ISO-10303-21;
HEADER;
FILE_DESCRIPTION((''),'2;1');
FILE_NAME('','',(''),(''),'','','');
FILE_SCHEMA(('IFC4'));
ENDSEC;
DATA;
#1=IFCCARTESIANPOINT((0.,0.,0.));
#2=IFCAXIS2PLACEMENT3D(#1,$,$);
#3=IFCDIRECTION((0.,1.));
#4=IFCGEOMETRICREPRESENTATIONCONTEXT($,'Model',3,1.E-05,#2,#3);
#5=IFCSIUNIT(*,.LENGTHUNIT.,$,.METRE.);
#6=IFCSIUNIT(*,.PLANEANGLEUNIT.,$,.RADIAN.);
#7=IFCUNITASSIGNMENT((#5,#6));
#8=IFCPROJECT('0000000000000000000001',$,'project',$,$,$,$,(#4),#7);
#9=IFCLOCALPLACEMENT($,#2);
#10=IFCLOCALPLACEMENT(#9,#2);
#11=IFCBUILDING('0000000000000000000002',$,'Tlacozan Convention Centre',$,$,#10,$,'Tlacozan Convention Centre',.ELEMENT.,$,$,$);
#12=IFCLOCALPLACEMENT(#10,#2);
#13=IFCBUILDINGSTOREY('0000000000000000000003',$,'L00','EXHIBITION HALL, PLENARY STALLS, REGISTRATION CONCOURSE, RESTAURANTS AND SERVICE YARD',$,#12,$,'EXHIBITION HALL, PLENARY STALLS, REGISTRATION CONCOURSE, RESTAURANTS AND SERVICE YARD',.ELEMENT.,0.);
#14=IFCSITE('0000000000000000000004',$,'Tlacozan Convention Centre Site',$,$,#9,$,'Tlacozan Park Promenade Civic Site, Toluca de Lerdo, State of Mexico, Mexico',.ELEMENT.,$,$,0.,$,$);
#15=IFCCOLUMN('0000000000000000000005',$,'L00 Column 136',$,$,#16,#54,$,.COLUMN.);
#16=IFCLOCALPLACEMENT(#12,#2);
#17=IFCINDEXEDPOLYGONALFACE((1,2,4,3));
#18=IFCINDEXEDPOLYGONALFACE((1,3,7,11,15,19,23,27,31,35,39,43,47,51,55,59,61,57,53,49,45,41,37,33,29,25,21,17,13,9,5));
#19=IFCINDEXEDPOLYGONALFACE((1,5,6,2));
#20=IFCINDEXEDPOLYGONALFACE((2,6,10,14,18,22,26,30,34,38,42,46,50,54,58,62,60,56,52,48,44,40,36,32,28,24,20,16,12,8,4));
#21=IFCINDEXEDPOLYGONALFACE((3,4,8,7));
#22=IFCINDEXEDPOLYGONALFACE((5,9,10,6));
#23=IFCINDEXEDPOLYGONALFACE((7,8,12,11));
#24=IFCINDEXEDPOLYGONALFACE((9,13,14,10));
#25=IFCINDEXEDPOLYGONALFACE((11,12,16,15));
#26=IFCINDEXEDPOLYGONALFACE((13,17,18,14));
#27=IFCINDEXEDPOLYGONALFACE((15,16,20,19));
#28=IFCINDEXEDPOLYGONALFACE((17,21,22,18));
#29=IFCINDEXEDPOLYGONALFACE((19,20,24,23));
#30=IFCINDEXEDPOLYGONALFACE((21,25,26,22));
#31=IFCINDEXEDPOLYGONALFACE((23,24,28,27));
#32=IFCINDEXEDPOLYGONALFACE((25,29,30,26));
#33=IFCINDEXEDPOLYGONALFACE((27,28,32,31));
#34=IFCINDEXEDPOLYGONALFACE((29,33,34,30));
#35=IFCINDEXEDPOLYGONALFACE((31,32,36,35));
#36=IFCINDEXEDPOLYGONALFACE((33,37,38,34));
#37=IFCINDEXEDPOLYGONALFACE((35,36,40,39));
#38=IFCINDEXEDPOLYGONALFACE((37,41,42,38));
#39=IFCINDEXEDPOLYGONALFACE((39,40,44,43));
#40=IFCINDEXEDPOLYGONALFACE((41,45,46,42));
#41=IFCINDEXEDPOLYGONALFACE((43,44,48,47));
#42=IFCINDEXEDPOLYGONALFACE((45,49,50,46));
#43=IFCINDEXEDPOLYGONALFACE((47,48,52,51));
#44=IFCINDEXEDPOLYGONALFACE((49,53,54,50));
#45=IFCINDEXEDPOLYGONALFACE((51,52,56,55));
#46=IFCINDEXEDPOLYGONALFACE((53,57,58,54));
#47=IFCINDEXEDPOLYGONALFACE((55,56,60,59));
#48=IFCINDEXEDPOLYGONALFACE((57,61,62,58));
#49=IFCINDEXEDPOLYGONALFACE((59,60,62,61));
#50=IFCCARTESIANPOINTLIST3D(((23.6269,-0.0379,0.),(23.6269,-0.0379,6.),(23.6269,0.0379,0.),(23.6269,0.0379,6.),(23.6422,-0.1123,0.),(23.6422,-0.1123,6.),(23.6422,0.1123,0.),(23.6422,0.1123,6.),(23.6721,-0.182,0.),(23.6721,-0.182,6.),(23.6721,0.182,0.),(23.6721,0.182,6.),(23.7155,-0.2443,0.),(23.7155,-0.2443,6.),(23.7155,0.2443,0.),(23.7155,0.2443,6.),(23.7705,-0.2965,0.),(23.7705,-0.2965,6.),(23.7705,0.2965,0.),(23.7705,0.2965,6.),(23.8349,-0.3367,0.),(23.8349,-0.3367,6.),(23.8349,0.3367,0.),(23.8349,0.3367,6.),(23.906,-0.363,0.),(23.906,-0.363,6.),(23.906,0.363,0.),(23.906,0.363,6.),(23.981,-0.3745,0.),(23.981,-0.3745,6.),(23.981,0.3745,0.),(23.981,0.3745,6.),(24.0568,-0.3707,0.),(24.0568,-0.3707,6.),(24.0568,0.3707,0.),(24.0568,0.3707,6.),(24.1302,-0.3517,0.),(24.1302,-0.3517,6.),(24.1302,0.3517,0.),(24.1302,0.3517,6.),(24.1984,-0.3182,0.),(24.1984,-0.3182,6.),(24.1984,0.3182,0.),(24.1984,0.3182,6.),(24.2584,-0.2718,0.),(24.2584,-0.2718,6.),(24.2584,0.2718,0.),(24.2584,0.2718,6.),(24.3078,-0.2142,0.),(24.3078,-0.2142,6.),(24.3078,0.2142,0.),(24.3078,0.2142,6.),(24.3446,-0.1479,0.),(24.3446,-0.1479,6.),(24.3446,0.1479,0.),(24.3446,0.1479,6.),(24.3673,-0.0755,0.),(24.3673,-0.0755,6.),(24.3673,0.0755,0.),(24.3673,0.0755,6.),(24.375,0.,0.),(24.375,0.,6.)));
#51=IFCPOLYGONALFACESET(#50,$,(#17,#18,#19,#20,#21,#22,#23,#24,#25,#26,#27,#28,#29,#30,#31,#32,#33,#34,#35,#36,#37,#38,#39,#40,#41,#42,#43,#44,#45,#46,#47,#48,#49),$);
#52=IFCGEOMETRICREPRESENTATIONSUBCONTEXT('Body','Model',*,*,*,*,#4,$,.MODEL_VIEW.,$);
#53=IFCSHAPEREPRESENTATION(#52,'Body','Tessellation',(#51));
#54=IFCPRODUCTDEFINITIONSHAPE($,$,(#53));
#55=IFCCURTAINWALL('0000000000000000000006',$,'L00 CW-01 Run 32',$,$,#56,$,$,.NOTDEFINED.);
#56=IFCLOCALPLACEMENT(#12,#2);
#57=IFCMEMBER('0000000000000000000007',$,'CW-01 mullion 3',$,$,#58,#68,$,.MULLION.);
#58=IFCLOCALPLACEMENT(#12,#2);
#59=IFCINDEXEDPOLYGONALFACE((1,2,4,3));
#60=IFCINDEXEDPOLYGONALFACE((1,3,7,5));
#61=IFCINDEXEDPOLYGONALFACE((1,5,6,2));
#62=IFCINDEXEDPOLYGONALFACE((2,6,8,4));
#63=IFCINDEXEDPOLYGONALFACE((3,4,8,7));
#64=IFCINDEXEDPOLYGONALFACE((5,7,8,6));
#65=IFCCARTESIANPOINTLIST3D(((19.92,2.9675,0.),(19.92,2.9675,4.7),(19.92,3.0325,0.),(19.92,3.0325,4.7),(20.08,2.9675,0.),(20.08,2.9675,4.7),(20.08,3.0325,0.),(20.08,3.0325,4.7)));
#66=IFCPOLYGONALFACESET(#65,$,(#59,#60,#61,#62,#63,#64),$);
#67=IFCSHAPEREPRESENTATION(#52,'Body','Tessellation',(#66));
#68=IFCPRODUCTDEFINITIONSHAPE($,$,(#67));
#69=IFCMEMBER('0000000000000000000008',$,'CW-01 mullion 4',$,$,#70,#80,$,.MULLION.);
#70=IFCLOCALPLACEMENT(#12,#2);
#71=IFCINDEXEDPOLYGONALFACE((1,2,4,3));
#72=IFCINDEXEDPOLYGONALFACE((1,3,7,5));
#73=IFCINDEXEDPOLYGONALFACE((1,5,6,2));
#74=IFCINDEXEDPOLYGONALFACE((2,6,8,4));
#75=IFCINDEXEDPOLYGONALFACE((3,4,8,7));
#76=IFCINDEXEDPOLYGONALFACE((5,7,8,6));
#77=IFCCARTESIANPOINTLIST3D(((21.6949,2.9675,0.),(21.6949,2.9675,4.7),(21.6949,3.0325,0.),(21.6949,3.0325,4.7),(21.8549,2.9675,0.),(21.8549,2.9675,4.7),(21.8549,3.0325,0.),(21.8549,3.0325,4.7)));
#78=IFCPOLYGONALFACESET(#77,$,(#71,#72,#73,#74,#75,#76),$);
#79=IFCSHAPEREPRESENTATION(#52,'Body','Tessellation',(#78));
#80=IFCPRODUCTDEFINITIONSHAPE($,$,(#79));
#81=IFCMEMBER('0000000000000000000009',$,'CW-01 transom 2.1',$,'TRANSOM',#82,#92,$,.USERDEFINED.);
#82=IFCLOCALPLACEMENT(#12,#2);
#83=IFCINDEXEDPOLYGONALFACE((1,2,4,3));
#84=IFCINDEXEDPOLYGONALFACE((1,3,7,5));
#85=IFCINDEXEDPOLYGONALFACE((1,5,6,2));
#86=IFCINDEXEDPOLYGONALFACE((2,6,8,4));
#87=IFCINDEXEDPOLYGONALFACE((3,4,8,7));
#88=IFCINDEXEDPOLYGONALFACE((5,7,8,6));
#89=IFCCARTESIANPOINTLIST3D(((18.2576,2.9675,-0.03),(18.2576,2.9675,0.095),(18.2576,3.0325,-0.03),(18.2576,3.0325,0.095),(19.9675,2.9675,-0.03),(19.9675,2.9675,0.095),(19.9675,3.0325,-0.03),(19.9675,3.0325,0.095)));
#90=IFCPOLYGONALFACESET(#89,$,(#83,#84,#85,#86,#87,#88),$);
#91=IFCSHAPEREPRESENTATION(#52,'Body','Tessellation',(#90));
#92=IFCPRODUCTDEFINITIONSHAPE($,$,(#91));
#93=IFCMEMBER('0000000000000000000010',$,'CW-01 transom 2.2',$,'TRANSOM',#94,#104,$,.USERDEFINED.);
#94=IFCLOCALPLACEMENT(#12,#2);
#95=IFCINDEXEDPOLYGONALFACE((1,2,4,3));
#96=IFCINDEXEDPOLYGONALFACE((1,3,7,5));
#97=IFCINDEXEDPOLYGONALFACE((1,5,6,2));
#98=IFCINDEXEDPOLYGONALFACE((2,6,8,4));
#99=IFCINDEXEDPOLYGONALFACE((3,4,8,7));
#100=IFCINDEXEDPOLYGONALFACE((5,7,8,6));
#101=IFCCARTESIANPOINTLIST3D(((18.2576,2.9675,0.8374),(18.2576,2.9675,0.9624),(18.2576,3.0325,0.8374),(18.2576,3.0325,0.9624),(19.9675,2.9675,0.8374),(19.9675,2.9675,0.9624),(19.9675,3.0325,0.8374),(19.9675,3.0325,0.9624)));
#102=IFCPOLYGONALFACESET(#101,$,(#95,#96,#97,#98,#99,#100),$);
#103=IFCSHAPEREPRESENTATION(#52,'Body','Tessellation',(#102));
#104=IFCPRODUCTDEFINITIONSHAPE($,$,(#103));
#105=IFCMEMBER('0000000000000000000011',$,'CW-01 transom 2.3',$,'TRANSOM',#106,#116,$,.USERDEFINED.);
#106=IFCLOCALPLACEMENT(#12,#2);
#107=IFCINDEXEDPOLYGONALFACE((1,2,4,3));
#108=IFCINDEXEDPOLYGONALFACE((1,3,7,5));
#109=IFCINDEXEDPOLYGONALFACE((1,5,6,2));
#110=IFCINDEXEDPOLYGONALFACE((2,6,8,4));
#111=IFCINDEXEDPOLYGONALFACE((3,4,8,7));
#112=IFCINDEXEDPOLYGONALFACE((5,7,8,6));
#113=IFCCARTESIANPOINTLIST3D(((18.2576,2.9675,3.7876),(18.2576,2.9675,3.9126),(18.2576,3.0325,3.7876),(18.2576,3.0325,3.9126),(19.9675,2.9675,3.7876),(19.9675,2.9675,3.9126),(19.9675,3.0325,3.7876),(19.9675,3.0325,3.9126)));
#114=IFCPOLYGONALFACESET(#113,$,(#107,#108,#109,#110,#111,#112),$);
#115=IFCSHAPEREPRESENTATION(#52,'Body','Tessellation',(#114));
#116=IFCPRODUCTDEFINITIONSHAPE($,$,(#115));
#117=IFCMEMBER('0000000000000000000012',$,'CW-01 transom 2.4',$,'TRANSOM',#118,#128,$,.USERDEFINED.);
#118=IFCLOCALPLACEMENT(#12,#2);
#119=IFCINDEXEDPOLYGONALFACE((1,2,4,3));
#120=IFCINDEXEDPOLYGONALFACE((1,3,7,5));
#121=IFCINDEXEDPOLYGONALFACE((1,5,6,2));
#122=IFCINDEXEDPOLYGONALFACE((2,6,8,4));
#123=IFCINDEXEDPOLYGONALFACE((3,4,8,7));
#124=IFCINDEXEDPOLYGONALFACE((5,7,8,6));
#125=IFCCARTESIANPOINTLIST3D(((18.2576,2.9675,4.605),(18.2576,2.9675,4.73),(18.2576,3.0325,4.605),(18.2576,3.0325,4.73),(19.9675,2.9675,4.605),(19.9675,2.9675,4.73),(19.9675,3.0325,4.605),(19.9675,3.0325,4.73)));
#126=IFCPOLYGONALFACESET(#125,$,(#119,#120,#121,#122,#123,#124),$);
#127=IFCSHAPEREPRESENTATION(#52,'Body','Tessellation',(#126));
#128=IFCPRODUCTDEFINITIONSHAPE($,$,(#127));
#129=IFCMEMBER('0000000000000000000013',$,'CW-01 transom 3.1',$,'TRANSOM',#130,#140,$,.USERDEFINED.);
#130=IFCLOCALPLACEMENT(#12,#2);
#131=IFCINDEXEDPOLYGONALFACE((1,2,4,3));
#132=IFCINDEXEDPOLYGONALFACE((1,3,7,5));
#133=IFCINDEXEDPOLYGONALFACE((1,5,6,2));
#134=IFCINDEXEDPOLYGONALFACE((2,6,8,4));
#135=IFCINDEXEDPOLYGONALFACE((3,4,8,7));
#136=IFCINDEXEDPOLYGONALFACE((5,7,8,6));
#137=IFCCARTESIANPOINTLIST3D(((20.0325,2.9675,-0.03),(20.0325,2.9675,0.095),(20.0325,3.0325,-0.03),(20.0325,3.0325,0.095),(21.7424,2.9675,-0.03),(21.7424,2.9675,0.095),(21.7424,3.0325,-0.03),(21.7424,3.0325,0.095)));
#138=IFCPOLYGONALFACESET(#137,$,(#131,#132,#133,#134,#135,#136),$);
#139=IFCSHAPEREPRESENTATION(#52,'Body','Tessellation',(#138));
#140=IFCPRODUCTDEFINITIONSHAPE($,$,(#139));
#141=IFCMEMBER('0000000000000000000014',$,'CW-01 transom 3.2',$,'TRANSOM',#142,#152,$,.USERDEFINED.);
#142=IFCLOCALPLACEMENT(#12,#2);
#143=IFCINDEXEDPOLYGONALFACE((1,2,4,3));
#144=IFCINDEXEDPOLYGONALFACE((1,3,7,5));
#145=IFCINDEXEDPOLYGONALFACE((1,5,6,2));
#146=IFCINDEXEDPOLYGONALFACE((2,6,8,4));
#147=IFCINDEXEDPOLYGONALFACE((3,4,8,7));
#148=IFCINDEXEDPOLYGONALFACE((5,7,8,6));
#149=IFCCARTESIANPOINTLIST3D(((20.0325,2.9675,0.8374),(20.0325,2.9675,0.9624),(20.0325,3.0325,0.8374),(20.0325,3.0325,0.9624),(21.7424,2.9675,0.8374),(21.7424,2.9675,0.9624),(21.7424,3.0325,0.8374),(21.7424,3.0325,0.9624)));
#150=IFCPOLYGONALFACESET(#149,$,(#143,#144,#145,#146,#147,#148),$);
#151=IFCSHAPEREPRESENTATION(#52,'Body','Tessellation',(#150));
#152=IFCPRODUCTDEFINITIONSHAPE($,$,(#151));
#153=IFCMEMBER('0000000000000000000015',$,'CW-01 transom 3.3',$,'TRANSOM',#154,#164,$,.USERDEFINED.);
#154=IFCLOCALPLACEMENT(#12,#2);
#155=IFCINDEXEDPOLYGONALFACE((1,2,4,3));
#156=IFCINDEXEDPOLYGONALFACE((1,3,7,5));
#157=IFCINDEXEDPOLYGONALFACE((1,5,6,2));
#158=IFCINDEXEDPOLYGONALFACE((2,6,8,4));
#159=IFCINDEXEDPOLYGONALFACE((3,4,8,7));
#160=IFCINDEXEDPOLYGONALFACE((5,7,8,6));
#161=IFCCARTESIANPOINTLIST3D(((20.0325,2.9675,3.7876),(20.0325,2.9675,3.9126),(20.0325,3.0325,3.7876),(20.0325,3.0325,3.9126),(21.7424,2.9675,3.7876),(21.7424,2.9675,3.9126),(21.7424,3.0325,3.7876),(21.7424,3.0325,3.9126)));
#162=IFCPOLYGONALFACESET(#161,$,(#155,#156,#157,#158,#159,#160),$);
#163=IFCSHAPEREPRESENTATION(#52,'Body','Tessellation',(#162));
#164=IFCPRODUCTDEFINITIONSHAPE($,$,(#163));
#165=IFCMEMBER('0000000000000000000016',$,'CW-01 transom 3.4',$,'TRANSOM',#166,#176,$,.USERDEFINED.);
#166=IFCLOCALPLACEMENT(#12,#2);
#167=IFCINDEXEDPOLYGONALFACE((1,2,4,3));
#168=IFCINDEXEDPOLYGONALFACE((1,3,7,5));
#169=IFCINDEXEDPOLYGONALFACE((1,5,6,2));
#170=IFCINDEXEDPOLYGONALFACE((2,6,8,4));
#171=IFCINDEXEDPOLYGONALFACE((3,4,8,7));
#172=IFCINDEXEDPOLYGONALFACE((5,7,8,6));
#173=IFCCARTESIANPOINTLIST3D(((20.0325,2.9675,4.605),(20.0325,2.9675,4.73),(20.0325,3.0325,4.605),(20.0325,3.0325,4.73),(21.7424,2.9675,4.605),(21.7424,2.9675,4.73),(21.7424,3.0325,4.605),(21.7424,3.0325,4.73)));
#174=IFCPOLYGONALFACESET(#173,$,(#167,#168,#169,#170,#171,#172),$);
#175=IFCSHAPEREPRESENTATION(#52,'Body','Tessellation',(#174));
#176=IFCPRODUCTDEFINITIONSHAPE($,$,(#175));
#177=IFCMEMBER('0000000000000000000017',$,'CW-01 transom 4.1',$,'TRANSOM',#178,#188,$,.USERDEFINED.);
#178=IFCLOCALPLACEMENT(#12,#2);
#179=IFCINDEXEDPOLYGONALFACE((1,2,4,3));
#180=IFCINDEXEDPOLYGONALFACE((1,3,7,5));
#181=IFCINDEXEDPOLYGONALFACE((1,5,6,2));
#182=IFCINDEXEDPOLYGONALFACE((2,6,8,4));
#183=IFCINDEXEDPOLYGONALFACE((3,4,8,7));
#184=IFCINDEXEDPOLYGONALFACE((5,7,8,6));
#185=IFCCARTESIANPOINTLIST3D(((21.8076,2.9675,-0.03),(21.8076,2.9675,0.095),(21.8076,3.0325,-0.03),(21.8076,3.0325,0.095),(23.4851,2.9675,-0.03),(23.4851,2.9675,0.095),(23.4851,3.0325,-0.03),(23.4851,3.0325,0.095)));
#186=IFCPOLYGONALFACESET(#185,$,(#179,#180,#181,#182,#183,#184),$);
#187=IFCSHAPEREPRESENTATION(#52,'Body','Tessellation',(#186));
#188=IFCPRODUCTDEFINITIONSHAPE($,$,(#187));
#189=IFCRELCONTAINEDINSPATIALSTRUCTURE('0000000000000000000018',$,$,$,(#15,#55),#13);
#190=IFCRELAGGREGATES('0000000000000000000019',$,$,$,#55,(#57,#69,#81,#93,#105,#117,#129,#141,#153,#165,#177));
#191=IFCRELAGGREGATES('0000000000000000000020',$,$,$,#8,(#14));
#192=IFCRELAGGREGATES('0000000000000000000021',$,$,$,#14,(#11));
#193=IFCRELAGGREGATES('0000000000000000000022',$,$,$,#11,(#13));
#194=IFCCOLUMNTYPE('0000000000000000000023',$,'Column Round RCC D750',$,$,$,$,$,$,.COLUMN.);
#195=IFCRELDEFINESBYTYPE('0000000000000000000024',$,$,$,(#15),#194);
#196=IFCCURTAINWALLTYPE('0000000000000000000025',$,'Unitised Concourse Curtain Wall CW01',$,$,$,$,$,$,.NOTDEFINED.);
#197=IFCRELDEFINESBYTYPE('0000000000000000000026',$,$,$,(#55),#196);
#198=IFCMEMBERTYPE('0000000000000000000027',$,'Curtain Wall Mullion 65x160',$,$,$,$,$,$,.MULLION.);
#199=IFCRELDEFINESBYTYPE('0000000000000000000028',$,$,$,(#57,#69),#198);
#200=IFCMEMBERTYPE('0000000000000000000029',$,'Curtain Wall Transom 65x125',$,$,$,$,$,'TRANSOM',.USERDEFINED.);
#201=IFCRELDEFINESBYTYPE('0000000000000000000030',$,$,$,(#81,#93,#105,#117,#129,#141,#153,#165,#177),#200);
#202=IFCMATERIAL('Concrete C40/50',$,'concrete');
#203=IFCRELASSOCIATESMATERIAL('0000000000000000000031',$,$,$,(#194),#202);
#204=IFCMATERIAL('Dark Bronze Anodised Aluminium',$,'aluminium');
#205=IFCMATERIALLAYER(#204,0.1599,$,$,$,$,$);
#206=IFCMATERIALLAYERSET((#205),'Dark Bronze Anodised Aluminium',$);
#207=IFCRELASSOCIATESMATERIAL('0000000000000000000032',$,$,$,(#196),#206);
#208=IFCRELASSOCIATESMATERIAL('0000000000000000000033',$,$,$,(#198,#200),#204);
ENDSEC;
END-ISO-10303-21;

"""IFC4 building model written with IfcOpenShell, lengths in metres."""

from ifc_helpers import new_model, si_unit, direction, frame, origin, origin_2d, place, context, subcontext, project, spatial, rectangle, circle, extrude, material, layer, layer_set, material_profile, profile_set, type_object, element, aggregate, save


model = new_model("IFC4")

# Units and contexts
model_context = context("Model", 3, precision=1e-05, world=origin(), true_north=direction((0.0, 1.0)))
body_context = subcontext(model_context, "Body", "Model", "MODEL_VIEW")
ifc_project = project(units=[si_unit("LENGTHUNIT", "METRE"), si_unit("PLANEANGLEUNIT", "RADIAN")], contexts=[model_context])

# Site, building, storey
site_placement = place(None, origin())
site = spatial("IfcSite", under=ifc_project, at=site_placement, Name="Tlacozan Convention Centre Site", LongName="Tlacozan Park Promenade Civic Site, Toluca de Lerdo, State of Mexico, Mexico", CompositionType="ELEMENT", RefElevation=0.0)
building_placement = place(site_placement, origin())
building = spatial("IfcBuilding", under=site, at=building_placement, Name="Tlacozan Convention Centre", LongName="Tlacozan Convention Centre", CompositionType="ELEMENT")
storey_placement = place(building_placement, origin())
storey = spatial("IfcBuildingStorey", under=building, at=storey_placement, Name="L00", Description="EXHIBITION HALL, PLENARY STALLS, REGISTRATION CONCOURSE, RESTAURANTS AND SERVICE YARD", LongName="EXHIBITION HALL, PLENARY STALLS, REGISTRATION CONCOURSE, RESTAURANTS AND SERVICE YARD", CompositionType="ELEMENT", Elevation=0.0)

# Column
ifc_material_1 = material(Name="Concrete C40/50", Category="concrete")
ifc_material_profile_1 = material_profile(ifc_material_1, circle(Radius=0.375, at=origin_2d()), Name="RCC D750")
ifc_profile_set_1 = profile_set([ifc_material_profile_1], Name="Concrete C40/50")
column_type = type_object("IfcColumnType", Name="Column Round RCC D750", PredefinedType="COLUMN", material=ifc_profile_set_1)
column_placement = place(storey_placement, frame((24.0, 0.0, 0.0), z_axis=(0.0, 0.0, 1.0), x_axis=(1.0, 0.0, 0.0)))
element("IfcColumn", 1, at=column_placement, inside=storey, type_object=column_type, Name="L00 Column 136", PredefinedType="COLUMN", context=body_context, shape_type="SweptSolid", body=[
    extrude(circle(Radius=0.375, at=origin_2d()), origin(), (0.0, 0.0, 1.0), 6.0),
])

# Curtain wall, members
ifc_material_2 = material(Name="Dark Bronze Anodised Aluminium", Category="aluminium")
ifc_layer_1 = layer(ifc_material_2, 0.1599)
ifc_layer_set_1 = layer_set([ifc_layer_1], Name="Dark Bronze Anodised Aluminium")
curtain_wall_type = type_object("IfcCurtainWallType", Name="Unitised Concourse Curtain Wall CW01", PredefinedType="NOTDEFINED", material=ifc_layer_set_1)
curtain_wall_placement = place(storey_placement, origin())
curtain_wall = element("IfcCurtainWall", 2, at=curtain_wall_placement, inside=storey, type_object=curtain_wall_type, Name="L00 CW-01 Run 32", PredefinedType="NOTDEFINED")
ifc_material_profile_2 = material_profile(ifc_material_2, rectangle(XDim=0.0649, YDim=0.1599, at=origin_2d()), Name="ALU 65x160")
ifc_profile_set_2 = profile_set([ifc_material_profile_2], Name="Dark Bronze Anodised Aluminium")
member_type_1 = type_object("IfcMemberType", Name="Curtain Wall Mullion 65x160", PredefinedType="MULLION", material=ifc_profile_set_2)
member_1_placement = place(storey_placement, frame((20.0, 3.0, 0.0), z_axis=(0.0, 0.0, 1.0), x_axis=(0.0, 1.0, 0.0)))
member_1 = element("IfcMember", 3, at=member_1_placement, type_object=member_type_1, Name="CW-01 mullion 3", PredefinedType="MULLION", context=body_context, shape_type="SweptSolid", body=[
    extrude(rectangle(XDim=0.0649, YDim=0.1599, at=origin_2d()), origin(), (0.0, 0.0, 1.0), 4.7),
])
member_2_placement = place(storey_placement, frame((21.7749, 3.0, 0.0), z_axis=(0.0, 0.0, 1.0), x_axis=(0.0, 1.0, 0.0)))
member_2 = element("IfcMember", 4, at=member_2_placement, type_object=member_type_1, Name="CW-01 mullion 4", PredefinedType="MULLION", context=body_context, shape_type="SweptSolid", body=[
    extrude(rectangle(XDim=0.0649, YDim=0.1599, at=origin_2d()), origin(), (0.0, 0.0, 1.0), 4.7),
])
ifc_material_profile_3 = material_profile(ifc_material_2, rectangle(XDim=0.0649, YDim=0.125, at=origin_2d()), Name="ALU 65x125")
ifc_profile_set_3 = profile_set([ifc_material_profile_3], Name="Dark Bronze Anodised Aluminium")
member_type_2 = type_object("IfcMemberType", Name="Curtain Wall Transom 65x125", ElementType="TRANSOM", PredefinedType="USERDEFINED", material=ifc_profile_set_3)
member_3_placement = place(storey_placement, frame((18.2576, 3.0, 0.0325), z_axis=(1.0, 0.0, 0.0), x_axis=(0.0, 1.0, 0.0)))
member_3 = element("IfcMember", 5, at=member_3_placement, type_object=member_type_2, Name="CW-01 transom 2.1", ObjectType="TRANSOM", PredefinedType="USERDEFINED", context=body_context, shape_type="SweptSolid", body=[
    extrude(rectangle(XDim=0.0649, YDim=0.125, at=origin_2d()), origin(), (0.0, 0.0, 1.0), 1.71),
])
member_4_placement = place(storey_placement, frame((18.2576, 3.0, 0.8999), z_axis=(1.0, 0.0, 0.0), x_axis=(0.0, 1.0, 0.0)))
member_4 = element("IfcMember", 6, at=member_4_placement, type_object=member_type_2, Name="CW-01 transom 2.2", ObjectType="TRANSOM", PredefinedType="USERDEFINED", context=body_context, shape_type="SweptSolid", body=[
    extrude(rectangle(XDim=0.0649, YDim=0.125, at=origin_2d()), origin(), (0.0, 0.0, 1.0), 1.71),
])
member_5_placement = place(storey_placement, frame((18.2576, 3.0, 3.8501), z_axis=(1.0, 0.0, 0.0), x_axis=(0.0, 1.0, 0.0)))
member_5 = element("IfcMember", 7, at=member_5_placement, type_object=member_type_2, Name="CW-01 transom 2.3", ObjectType="TRANSOM", PredefinedType="USERDEFINED", context=body_context, shape_type="SweptSolid", body=[
    extrude(rectangle(XDim=0.0649, YDim=0.125, at=origin_2d()), origin(), (0.0, 0.0, 1.0), 1.71),
])
member_6_placement = place(storey_placement, frame((18.2576, 3.0, 4.6675), z_axis=(1.0, 0.0, 0.0), x_axis=(0.0, 1.0, 0.0)))
member_6 = element("IfcMember", 8, at=member_6_placement, type_object=member_type_2, Name="CW-01 transom 2.4", ObjectType="TRANSOM", PredefinedType="USERDEFINED", context=body_context, shape_type="SweptSolid", body=[
    extrude(rectangle(XDim=0.0649, YDim=0.125, at=origin_2d()), origin(), (0.0, 0.0, 1.0), 1.71),
])
member_7_placement = place(storey_placement, frame((20.0325, 3.0, 0.0325), z_axis=(1.0, 0.0, 0.0), x_axis=(0.0, 1.0, 0.0)))
member_7 = element("IfcMember", 9, at=member_7_placement, type_object=member_type_2, Name="CW-01 transom 3.1", ObjectType="TRANSOM", PredefinedType="USERDEFINED", context=body_context, shape_type="SweptSolid", body=[
    extrude(rectangle(XDim=0.0649, YDim=0.125, at=origin_2d()), origin(), (0.0, 0.0, 1.0), 1.71),
])
member_8_placement = place(storey_placement, frame((20.0325, 3.0, 0.8999), z_axis=(1.0, 0.0, 0.0), x_axis=(0.0, 1.0, 0.0)))
member_8 = element("IfcMember", 10, at=member_8_placement, type_object=member_type_2, Name="CW-01 transom 3.2", ObjectType="TRANSOM", PredefinedType="USERDEFINED", context=body_context, shape_type="SweptSolid", body=[
    extrude(rectangle(XDim=0.0649, YDim=0.125, at=origin_2d()), origin(), (0.0, 0.0, 1.0), 1.71),
])
member_9_placement = place(storey_placement, frame((20.0325, 3.0, 3.8501), z_axis=(1.0, 0.0, 0.0), x_axis=(0.0, 1.0, 0.0)))
member_9 = element("IfcMember", 11, at=member_9_placement, type_object=member_type_2, Name="CW-01 transom 3.3", ObjectType="TRANSOM", PredefinedType="USERDEFINED", context=body_context, shape_type="SweptSolid", body=[
    extrude(rectangle(XDim=0.0649, YDim=0.125, at=origin_2d()), origin(), (0.0, 0.0, 1.0), 1.71),
])
member_10_placement = place(storey_placement, frame((20.0325, 3.0, 4.6675), z_axis=(1.0, 0.0, 0.0), x_axis=(0.0, 1.0, 0.0)))
member_10 = element("IfcMember", 12, at=member_10_placement, type_object=member_type_2, Name="CW-01 transom 3.4", ObjectType="TRANSOM", PredefinedType="USERDEFINED", context=body_context, shape_type="SweptSolid", body=[
    extrude(rectangle(XDim=0.0649, YDim=0.125, at=origin_2d()), origin(), (0.0, 0.0, 1.0), 1.71),
])
member_11_placement = place(storey_placement, frame((21.8076, 3.0, 0.0325), z_axis=(1.0, 0.0, 0.0), x_axis=(0.0, 1.0, 0.0)))
member_11 = element("IfcMember", 13, at=member_11_placement, type_object=member_type_2, Name="CW-01 transom 4.1", ObjectType="TRANSOM", PredefinedType="USERDEFINED", context=body_context, shape_type="SweptSolid", body=[
    extrude(rectangle(XDim=0.0649, YDim=0.125, at=origin_2d()), origin(), (0.0, 0.0, 1.0), 1.6775),
])

aggregate(curtain_wall, [member_1, member_2, member_3, member_4, member_5, member_6, member_7, member_8, member_9, member_10, member_11])

save(model, "model.ifc")
